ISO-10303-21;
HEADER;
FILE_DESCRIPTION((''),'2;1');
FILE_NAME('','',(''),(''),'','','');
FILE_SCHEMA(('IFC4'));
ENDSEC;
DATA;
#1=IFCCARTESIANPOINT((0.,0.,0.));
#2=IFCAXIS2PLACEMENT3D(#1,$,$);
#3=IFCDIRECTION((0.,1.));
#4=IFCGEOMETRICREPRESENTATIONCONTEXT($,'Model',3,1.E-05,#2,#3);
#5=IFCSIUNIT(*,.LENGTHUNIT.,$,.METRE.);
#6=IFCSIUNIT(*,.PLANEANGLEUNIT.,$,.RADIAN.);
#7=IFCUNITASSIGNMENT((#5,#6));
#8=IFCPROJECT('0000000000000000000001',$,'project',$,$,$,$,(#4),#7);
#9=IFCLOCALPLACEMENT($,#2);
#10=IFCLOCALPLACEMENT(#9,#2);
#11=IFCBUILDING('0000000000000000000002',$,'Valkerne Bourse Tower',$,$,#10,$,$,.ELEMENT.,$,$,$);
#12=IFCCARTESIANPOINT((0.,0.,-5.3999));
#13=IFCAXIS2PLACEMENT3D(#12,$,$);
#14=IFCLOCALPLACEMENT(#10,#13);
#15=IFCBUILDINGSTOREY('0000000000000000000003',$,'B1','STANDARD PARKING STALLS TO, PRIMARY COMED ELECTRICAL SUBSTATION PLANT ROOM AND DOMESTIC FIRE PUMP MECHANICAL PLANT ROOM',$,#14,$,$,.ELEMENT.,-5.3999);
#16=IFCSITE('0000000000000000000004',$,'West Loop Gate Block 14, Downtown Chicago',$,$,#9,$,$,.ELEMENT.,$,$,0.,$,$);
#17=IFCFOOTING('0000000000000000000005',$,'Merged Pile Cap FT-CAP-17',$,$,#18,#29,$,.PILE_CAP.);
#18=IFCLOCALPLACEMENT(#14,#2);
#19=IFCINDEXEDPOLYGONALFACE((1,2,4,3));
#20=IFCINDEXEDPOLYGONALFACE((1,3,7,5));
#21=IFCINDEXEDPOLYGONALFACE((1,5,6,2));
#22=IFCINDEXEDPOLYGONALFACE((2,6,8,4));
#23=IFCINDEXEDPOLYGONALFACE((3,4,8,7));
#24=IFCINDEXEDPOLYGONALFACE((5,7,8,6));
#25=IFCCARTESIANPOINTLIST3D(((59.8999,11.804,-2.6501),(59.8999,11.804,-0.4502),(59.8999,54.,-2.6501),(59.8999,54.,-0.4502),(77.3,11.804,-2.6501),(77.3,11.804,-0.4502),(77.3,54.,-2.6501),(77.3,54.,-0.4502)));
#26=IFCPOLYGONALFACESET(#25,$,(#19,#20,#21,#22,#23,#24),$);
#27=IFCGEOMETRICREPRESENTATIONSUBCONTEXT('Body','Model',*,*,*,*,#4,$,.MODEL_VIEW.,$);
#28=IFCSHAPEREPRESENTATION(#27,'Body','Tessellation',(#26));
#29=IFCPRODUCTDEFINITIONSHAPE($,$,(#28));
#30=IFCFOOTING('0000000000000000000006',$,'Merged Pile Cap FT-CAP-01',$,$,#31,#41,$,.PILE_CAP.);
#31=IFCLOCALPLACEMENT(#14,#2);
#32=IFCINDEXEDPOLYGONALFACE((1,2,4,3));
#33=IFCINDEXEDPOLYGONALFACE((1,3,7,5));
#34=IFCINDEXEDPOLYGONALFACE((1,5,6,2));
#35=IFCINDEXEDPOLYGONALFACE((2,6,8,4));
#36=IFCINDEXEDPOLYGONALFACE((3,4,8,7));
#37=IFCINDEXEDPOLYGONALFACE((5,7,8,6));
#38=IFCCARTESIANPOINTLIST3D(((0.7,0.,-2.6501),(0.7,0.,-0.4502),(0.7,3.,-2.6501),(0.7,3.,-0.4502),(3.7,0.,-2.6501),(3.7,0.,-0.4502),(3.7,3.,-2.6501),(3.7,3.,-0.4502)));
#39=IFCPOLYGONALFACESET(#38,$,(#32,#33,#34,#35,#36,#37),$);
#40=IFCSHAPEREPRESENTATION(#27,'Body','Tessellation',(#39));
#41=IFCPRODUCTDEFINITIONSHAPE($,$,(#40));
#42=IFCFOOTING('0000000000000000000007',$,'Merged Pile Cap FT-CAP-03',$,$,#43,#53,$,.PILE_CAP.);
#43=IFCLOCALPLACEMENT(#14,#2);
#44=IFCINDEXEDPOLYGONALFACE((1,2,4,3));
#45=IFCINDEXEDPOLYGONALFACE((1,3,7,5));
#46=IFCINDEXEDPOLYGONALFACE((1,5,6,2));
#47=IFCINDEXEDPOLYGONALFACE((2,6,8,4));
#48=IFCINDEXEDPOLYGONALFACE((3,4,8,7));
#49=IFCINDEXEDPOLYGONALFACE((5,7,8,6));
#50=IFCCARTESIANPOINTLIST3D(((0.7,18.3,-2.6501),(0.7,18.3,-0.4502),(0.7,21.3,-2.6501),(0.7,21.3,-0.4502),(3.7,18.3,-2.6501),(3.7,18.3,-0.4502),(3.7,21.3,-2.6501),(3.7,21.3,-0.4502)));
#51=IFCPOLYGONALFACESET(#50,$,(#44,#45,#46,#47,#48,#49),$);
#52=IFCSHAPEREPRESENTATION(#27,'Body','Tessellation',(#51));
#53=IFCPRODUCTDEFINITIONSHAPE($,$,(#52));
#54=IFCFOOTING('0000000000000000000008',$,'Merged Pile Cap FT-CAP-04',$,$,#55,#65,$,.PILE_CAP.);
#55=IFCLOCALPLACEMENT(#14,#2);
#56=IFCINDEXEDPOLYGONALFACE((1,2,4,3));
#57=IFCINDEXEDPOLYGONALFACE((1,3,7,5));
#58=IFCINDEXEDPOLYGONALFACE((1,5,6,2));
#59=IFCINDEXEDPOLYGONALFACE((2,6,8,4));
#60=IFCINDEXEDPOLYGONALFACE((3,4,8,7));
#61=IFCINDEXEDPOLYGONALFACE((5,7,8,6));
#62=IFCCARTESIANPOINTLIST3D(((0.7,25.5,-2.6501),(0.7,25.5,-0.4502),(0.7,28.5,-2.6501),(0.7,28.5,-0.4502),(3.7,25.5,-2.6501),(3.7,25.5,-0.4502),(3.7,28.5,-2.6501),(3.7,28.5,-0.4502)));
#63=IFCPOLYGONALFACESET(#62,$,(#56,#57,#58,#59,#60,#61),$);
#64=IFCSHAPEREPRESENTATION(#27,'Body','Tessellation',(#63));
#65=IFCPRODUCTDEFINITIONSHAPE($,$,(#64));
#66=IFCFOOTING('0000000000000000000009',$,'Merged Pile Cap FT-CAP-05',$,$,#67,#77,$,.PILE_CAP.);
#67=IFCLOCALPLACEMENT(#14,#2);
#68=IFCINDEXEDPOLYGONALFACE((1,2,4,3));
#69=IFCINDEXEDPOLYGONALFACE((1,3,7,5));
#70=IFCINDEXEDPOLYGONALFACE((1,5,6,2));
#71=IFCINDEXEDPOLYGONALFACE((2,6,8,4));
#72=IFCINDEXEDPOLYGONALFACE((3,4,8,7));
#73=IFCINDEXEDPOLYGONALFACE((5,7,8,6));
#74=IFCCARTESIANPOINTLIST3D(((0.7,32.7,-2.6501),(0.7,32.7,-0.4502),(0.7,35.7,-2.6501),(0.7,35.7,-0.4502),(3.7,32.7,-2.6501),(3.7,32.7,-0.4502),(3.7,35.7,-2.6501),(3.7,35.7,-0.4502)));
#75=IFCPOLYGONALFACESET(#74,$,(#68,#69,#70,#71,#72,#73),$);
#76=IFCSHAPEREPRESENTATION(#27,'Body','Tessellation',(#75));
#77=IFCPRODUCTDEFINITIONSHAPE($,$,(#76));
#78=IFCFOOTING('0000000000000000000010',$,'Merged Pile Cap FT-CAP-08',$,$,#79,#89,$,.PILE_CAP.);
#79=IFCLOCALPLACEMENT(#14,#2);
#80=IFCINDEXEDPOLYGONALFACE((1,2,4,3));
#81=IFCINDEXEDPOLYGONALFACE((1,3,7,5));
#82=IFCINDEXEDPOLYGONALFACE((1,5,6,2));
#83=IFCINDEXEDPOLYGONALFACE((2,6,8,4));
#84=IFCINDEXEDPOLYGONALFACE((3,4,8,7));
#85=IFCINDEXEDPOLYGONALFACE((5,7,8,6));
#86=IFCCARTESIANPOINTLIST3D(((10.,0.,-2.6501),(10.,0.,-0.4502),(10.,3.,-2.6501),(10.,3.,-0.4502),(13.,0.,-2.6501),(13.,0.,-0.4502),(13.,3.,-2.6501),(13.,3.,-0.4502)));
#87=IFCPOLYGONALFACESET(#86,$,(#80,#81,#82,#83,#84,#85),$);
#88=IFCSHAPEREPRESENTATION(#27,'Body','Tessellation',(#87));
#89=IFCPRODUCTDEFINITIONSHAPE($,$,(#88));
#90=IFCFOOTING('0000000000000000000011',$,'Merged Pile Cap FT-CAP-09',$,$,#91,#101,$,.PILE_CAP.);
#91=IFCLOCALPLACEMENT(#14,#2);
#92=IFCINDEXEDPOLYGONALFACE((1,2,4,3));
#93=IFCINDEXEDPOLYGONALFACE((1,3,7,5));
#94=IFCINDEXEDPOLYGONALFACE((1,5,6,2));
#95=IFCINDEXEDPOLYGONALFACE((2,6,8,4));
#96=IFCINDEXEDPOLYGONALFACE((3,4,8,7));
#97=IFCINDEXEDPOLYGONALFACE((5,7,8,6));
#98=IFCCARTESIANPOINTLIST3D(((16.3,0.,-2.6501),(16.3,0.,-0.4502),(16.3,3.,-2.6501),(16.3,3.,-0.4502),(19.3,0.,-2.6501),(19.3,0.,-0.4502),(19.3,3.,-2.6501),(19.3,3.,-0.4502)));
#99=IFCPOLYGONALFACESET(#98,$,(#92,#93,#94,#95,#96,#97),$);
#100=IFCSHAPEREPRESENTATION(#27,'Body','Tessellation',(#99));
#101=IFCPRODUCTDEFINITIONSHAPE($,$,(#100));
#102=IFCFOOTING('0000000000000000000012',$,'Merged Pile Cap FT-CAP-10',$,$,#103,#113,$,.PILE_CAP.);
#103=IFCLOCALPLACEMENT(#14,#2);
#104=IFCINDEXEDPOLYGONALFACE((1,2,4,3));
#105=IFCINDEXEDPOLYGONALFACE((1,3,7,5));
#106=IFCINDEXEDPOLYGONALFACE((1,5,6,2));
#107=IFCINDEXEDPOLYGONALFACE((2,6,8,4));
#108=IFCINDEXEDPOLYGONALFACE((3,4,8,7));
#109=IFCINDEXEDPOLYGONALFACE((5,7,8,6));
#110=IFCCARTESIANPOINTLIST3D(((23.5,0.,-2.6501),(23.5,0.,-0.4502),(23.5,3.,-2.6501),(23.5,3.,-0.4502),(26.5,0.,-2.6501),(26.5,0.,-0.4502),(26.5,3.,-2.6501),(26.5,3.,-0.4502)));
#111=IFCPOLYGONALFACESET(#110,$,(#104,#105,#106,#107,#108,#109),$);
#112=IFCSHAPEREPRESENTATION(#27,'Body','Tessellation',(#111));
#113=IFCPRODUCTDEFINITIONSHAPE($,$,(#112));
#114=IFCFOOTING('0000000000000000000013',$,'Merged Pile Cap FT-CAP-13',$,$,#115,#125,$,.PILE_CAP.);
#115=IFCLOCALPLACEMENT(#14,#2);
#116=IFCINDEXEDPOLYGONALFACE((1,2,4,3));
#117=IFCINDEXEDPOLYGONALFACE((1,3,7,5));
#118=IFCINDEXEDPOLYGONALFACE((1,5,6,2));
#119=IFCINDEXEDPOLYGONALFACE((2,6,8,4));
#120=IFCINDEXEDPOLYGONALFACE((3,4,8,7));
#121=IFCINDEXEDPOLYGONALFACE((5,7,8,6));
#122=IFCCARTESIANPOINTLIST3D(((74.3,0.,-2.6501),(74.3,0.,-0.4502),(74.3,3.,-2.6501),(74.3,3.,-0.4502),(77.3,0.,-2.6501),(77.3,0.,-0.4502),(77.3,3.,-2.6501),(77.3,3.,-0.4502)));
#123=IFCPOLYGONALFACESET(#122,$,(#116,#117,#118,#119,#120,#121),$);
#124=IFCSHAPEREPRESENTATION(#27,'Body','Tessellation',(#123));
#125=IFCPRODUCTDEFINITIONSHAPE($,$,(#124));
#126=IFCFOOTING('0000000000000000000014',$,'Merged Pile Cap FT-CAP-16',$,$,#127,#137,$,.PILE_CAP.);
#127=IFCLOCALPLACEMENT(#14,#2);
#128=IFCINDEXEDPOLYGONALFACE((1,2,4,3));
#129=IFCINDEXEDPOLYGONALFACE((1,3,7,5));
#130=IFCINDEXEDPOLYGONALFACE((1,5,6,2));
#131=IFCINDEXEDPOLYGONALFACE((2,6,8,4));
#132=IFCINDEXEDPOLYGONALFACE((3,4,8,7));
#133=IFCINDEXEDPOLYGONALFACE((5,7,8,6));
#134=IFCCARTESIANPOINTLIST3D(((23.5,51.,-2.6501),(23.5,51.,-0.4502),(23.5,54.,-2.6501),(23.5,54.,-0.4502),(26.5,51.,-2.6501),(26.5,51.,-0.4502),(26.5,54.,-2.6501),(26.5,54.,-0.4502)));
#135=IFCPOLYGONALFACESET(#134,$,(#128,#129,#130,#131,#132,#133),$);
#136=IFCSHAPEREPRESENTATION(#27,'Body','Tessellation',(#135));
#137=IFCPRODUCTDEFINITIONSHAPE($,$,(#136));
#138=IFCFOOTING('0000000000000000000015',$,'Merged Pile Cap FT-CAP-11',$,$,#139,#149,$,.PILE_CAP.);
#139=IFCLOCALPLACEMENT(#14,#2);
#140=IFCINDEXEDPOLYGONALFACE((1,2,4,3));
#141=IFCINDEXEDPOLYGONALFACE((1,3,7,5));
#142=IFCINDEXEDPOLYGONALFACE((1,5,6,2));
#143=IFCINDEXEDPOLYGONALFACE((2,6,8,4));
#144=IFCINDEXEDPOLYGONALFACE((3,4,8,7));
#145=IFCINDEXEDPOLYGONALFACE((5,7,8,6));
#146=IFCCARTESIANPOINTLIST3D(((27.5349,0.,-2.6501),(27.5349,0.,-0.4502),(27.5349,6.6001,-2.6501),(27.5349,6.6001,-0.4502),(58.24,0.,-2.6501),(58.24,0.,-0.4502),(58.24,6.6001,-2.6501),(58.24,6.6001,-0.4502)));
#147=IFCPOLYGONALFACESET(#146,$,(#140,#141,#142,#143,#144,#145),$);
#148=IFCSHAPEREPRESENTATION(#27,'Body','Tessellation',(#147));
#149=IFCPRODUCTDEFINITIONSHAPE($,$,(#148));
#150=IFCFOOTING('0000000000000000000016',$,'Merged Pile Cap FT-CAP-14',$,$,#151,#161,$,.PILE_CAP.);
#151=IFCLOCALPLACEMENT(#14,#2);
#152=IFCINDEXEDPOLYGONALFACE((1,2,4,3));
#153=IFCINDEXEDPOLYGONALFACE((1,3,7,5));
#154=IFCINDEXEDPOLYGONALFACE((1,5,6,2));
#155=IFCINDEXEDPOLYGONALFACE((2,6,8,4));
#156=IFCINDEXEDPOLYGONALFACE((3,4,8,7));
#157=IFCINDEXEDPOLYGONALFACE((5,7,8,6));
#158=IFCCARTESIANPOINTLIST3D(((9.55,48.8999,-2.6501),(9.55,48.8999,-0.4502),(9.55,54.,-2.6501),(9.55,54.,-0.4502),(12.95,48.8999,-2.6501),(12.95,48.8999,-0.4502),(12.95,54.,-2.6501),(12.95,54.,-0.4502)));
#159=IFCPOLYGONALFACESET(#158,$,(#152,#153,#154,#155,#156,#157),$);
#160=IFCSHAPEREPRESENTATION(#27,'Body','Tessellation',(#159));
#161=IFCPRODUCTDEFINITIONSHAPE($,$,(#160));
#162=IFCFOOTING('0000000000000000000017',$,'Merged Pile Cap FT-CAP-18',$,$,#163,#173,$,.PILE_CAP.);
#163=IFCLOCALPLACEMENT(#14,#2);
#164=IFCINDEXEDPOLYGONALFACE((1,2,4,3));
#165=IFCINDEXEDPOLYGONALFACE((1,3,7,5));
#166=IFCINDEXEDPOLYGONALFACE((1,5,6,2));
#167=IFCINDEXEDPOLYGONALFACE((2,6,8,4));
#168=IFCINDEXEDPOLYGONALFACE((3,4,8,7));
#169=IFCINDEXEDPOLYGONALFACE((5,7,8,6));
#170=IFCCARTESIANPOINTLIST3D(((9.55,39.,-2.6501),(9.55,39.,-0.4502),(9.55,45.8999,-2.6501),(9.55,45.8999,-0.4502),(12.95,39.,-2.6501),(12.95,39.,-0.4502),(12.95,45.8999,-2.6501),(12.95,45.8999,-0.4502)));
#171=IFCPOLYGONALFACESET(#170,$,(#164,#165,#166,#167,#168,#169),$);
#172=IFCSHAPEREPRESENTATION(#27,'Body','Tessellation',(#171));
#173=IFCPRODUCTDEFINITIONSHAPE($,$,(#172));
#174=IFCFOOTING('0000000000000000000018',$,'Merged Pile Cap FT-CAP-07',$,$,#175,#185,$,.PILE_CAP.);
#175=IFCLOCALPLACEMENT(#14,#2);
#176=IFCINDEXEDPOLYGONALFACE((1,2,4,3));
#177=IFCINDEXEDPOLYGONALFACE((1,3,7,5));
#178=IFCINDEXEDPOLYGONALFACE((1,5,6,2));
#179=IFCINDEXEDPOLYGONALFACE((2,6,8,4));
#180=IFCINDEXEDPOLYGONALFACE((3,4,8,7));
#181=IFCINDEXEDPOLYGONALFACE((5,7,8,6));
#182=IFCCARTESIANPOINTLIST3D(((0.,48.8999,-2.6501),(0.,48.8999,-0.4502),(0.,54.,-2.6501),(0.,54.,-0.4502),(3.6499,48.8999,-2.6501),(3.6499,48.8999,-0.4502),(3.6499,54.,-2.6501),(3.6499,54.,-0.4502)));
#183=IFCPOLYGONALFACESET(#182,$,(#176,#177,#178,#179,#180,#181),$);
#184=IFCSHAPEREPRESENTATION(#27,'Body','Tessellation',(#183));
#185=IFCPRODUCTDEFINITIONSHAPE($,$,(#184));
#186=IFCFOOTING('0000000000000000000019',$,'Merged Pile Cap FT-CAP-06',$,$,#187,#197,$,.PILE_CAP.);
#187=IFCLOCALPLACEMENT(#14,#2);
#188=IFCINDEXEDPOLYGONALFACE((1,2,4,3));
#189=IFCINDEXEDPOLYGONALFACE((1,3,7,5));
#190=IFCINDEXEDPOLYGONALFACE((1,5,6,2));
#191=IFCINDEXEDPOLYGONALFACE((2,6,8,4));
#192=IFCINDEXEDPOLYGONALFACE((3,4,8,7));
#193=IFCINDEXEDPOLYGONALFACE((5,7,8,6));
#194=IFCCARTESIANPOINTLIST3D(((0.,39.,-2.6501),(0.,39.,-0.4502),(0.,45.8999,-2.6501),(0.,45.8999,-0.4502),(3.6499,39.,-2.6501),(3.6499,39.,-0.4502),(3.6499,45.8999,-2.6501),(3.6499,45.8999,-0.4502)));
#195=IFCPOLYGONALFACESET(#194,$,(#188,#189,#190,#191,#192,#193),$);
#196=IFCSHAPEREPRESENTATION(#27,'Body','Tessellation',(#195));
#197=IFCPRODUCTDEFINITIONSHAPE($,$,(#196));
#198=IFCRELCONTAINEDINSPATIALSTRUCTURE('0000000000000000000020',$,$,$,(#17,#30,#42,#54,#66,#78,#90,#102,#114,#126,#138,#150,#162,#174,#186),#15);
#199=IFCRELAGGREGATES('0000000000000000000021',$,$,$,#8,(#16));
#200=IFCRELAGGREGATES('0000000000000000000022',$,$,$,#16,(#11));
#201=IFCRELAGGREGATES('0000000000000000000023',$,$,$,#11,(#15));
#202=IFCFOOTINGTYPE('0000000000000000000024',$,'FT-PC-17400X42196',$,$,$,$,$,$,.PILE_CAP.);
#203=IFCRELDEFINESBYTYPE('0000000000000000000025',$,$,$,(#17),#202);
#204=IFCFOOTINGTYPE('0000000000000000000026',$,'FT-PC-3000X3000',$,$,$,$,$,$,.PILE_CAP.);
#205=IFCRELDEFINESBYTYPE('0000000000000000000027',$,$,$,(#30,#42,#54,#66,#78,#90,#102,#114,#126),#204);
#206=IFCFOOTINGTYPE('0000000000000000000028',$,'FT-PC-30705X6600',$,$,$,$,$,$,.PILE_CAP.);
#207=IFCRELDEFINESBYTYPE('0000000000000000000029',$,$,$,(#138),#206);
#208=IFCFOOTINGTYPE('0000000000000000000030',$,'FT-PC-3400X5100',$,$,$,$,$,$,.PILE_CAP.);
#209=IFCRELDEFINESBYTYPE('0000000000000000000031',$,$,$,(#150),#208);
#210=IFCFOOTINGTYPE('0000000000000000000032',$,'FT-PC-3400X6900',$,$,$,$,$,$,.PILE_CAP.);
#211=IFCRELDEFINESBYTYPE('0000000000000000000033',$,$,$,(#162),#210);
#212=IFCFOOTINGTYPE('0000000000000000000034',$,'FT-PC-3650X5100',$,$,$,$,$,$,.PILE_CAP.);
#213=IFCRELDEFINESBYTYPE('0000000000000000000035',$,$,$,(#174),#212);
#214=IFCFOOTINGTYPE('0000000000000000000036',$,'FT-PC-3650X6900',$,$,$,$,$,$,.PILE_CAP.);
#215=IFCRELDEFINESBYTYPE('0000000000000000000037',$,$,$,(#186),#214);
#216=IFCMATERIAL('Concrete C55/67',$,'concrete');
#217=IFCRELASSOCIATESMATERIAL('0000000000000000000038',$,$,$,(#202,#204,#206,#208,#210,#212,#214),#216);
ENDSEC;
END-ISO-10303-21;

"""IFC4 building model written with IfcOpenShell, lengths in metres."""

from ifc_helpers import new_model, si_unit, direction, frame, origin, place, context, subcontext, project, spatial, polyline, outline, extrude, material, type_object, element, save


model = new_model("IFC4")

# Units and contexts
model_context = context("Model", 3, precision=1e-05, world=origin(), true_north=direction((0.0, 1.0)))
body_context = subcontext(model_context, "Body", "Model", "MODEL_VIEW")
ifc_project = project(units=[si_unit("LENGTHUNIT", "METRE"), si_unit("PLANEANGLEUNIT", "RADIAN")], contexts=[model_context])

# Site, building, storey
site_placement = place(None, origin())
site = spatial("IfcSite", under=ifc_project, at=site_placement, Name="West Loop Gate Block 14, Downtown Chicago", CompositionType="ELEMENT", RefElevation=0.0)
building_placement = place(site_placement, origin())
building = spatial("IfcBuilding", under=site, at=building_placement, Name="Valkerne Bourse Tower", CompositionType="ELEMENT")
storey_placement = place(building_placement, frame((0.0, 0.0, -5.3999)))
storey = spatial("IfcBuildingStorey", under=building, at=storey_placement, Name="B1", Description="STANDARD PARKING STALLS TO, PRIMARY COMED ELECTRICAL SUBSTATION PLANT ROOM AND DOMESTIC FIRE PUMP MECHANICAL PLANT ROOM", CompositionType="ELEMENT", Elevation=-5.3999)

# Footings
ifc_material_1 = material(Name="Concrete C55/67", Category="concrete")
footing_type_1 = type_object("IfcFootingType", Name="FT-PC-17400X42196", PredefinedType="PILE_CAP", material=ifc_material_1)
footing_1_placement = place(storey_placement, frame((0.0, 0.0, -2.6501)))
element("IfcFooting", 1, at=footing_1_placement, inside=storey, type_object=footing_type_1, Name="Merged Pile Cap FT-CAP-17", PredefinedType="PILE_CAP", context=body_context, shape_type="SweptSolid", body=[
    extrude(outline(polyline([(59.8999, 11.804), (77.3, 11.804), (77.3, 54.0), (59.8999, 54.0), (59.8999, 11.804)])), origin(), (0.0, 0.0, 1.0), 2.2),
])
footing_type_2 = type_object("IfcFootingType", Name="FT-PC-3000X3000", PredefinedType="PILE_CAP", material=ifc_material_1)
footing_2_placement = place(storey_placement, frame((0.0, 0.0, -2.6501)))
element("IfcFooting", 2, at=footing_2_placement, inside=storey, type_object=footing_type_2, Name="Merged Pile Cap FT-CAP-01", PredefinedType="PILE_CAP", context=body_context, shape_type="SweptSolid", body=[
    extrude(outline(polyline([(0.7, 0.0), (3.7, 0.0), (3.7, 3.0), (0.7, 3.0), (0.7, 0.0)])), origin(), (0.0, 0.0, 1.0), 2.2),
])
footing_3_placement = place(storey_placement, frame((0.0, 0.0, -2.6501)))
element("IfcFooting", 3, at=footing_3_placement, inside=storey, type_object=footing_type_2, Name="Merged Pile Cap FT-CAP-03", PredefinedType="PILE_CAP", context=body_context, shape_type="SweptSolid", body=[
    extrude(outline(polyline([(0.7, 18.3), (3.7, 18.3), (3.7, 21.3), (0.7, 21.3), (0.7, 18.3)])), origin(), (0.0, 0.0, 1.0), 2.2),
])
footing_4_placement = place(storey_placement, frame((0.0, 0.0, -2.6501)))
element("IfcFooting", 4, at=footing_4_placement, inside=storey, type_object=footing_type_2, Name="Merged Pile Cap FT-CAP-04", PredefinedType="PILE_CAP", context=body_context, shape_type="SweptSolid", body=[
    extrude(outline(polyline([(0.7, 25.5), (3.7, 25.5), (3.7, 28.5), (0.7, 28.5), (0.7, 25.5)])), origin(), (0.0, 0.0, 1.0), 2.2),
])
footing_5_placement = place(storey_placement, frame((0.0, 0.0, -2.6501)))
element("IfcFooting", 5, at=footing_5_placement, inside=storey, type_object=footing_type_2, Name="Merged Pile Cap FT-CAP-05", PredefinedType="PILE_CAP", context=body_context, shape_type="SweptSolid", body=[
    extrude(outline(polyline([(0.7, 32.7), (3.7, 32.7), (3.7, 35.7), (0.7, 35.7), (0.7, 32.7)])), origin(), (0.0, 0.0, 1.0), 2.2),
])
footing_6_placement = place(storey_placement, frame((0.0, 0.0, -2.6501)))
element("IfcFooting", 6, at=footing_6_placement, inside=storey, type_object=footing_type_2, Name="Merged Pile Cap FT-CAP-08", PredefinedType="PILE_CAP", context=body_context, shape_type="SweptSolid", body=[
    extrude(outline(polyline([(10.0, 0.0), (13.0, 0.0), (13.0, 3.0), (10.0, 3.0), (10.0, 0.0)])), origin(), (0.0, 0.0, 1.0), 2.2),
])
footing_7_placement = place(storey_placement, frame((0.0, 0.0, -2.6501)))
element("IfcFooting", 7, at=footing_7_placement, inside=storey, type_object=footing_type_2, Name="Merged Pile Cap FT-CAP-09", PredefinedType="PILE_CAP", context=body_context, shape_type="SweptSolid", body=[
    extrude(outline(polyline([(16.3, 0.0), (19.3, 0.0), (19.3, 3.0), (16.3, 3.0), (16.3, 0.0)])), origin(), (0.0, 0.0, 1.0), 2.2),
])
footing_8_placement = place(storey_placement, frame((0.0, 0.0, -2.6501)))
element("IfcFooting", 8, at=footing_8_placement, inside=storey, type_object=footing_type_2, Name="Merged Pile Cap FT-CAP-10", PredefinedType="PILE_CAP", context=body_context, shape_type="SweptSolid", body=[
    extrude(outline(polyline([(23.5, 0.0), (26.5, 0.0), (26.5, 3.0), (23.5, 3.0), (23.5, 0.0)])), origin(), (0.0, 0.0, 1.0), 2.2),
])
footing_9_placement = place(storey_placement, frame((0.0, 0.0, -2.6501)))
element("IfcFooting", 9, at=footing_9_placement, inside=storey, type_object=footing_type_2, Name="Merged Pile Cap FT-CAP-13", PredefinedType="PILE_CAP", context=body_context, shape_type="SweptSolid", body=[
    extrude(outline(polyline([(74.3, 0.0), (77.3, 0.0), (77.3, 3.0), (74.3, 3.0), (74.3, 0.0)])), origin(), (0.0, 0.0, 1.0), 2.2),
])
footing_10_placement = place(storey_placement, frame((0.0, 0.0, -2.6501)))
element("IfcFooting", 10, at=footing_10_placement, inside=storey, type_object=footing_type_2, Name="Merged Pile Cap FT-CAP-16", PredefinedType="PILE_CAP", context=body_context, shape_type="SweptSolid", body=[
    extrude(outline(polyline([(23.5, 51.0), (26.5, 51.0), (26.5, 54.0), (23.5, 54.0), (23.5, 51.0)])), origin(), (0.0, 0.0, 1.0), 2.2),
])
footing_type_3 = type_object("IfcFootingType", Name="FT-PC-30705X6600", PredefinedType="PILE_CAP", material=ifc_material_1)
footing_11_placement = place(storey_placement, frame((0.0, 0.0, -2.6501)))
element("IfcFooting", 11, at=footing_11_placement, inside=storey, type_object=footing_type_3, Name="Merged Pile Cap FT-CAP-11", PredefinedType="PILE_CAP", context=body_context, shape_type="SweptSolid", body=[
    extrude(outline(polyline([(27.5349, 0.0), (58.24, 0.0), (58.24, 6.6001), (27.5349, 6.6001), (27.5349, 0.0)])), origin(), (0.0, 0.0, 1.0), 2.2),
])
footing_type_4 = type_object("IfcFootingType", Name="FT-PC-3400X5100", PredefinedType="PILE_CAP", material=ifc_material_1)
footing_12_placement = place(storey_placement, frame((0.0, 0.0, -2.6501)))
element("IfcFooting", 12, at=footing_12_placement, inside=storey, type_object=footing_type_4, Name="Merged Pile Cap FT-CAP-14", PredefinedType="PILE_CAP", context=body_context, shape_type="SweptSolid", body=[
    extrude(outline(polyline([(9.55, 48.8999), (12.95, 48.8999), (12.95, 54.0), (9.55, 54.0), (9.55, 48.8999)])), origin(), (0.0, 0.0, 1.0), 2.2),
])
footing_type_5 = type_object("IfcFootingType", Name="FT-PC-3400X6900", PredefinedType="PILE_CAP", material=ifc_material_1)
footing_13_placement = place(storey_placement, frame((0.0, 0.0, -2.6501)))
element("IfcFooting", 13, at=footing_13_placement, inside=storey, type_object=footing_type_5, Name="Merged Pile Cap FT-CAP-18", PredefinedType="PILE_CAP", context=body_context, shape_type="SweptSolid", body=[
    extrude(outline(polyline([(9.55, 39.0), (12.95, 39.0), (12.95, 45.8999), (9.55, 45.8999), (9.55, 39.0)])), origin(), (0.0, 0.0, 1.0), 2.2),
])
footing_type_6 = type_object("IfcFootingType", Name="FT-PC-3650X5100", PredefinedType="PILE_CAP", material=ifc_material_1)
footing_14_placement = place(storey_placement, frame((0.0, 0.0, -2.6501)))
element("IfcFooting", 14, at=footing_14_placement, inside=storey, type_object=footing_type_6, Name="Merged Pile Cap FT-CAP-07", PredefinedType="PILE_CAP", context=body_context, shape_type="SweptSolid", body=[
    extrude(outline(polyline([(0.0, 48.8999), (3.6499, 48.8999), (3.6499, 54.0), (0.0, 54.0), (0.0, 48.8999)])), origin(), (0.0, 0.0, 1.0), 2.2),
])
footing_type_7 = type_object("IfcFootingType", Name="FT-PC-3650X6900", PredefinedType="PILE_CAP", material=ifc_material_1)
footing_15_placement = place(storey_placement, frame((0.0, 0.0, -2.6501)))
element("IfcFooting", 15, at=footing_15_placement, inside=storey, type_object=footing_type_7, Name="Merged Pile Cap FT-CAP-06", PredefinedType="PILE_CAP", context=body_context, shape_type="SweptSolid", body=[
    extrude(outline(polyline([(0.0, 39.0), (3.6499, 39.0), (3.6499, 45.8999), (0.0, 45.8999), (0.0, 39.0)])), origin(), (0.0, 0.0, 1.0), 2.2),
])

save(model, "model.ifc")
